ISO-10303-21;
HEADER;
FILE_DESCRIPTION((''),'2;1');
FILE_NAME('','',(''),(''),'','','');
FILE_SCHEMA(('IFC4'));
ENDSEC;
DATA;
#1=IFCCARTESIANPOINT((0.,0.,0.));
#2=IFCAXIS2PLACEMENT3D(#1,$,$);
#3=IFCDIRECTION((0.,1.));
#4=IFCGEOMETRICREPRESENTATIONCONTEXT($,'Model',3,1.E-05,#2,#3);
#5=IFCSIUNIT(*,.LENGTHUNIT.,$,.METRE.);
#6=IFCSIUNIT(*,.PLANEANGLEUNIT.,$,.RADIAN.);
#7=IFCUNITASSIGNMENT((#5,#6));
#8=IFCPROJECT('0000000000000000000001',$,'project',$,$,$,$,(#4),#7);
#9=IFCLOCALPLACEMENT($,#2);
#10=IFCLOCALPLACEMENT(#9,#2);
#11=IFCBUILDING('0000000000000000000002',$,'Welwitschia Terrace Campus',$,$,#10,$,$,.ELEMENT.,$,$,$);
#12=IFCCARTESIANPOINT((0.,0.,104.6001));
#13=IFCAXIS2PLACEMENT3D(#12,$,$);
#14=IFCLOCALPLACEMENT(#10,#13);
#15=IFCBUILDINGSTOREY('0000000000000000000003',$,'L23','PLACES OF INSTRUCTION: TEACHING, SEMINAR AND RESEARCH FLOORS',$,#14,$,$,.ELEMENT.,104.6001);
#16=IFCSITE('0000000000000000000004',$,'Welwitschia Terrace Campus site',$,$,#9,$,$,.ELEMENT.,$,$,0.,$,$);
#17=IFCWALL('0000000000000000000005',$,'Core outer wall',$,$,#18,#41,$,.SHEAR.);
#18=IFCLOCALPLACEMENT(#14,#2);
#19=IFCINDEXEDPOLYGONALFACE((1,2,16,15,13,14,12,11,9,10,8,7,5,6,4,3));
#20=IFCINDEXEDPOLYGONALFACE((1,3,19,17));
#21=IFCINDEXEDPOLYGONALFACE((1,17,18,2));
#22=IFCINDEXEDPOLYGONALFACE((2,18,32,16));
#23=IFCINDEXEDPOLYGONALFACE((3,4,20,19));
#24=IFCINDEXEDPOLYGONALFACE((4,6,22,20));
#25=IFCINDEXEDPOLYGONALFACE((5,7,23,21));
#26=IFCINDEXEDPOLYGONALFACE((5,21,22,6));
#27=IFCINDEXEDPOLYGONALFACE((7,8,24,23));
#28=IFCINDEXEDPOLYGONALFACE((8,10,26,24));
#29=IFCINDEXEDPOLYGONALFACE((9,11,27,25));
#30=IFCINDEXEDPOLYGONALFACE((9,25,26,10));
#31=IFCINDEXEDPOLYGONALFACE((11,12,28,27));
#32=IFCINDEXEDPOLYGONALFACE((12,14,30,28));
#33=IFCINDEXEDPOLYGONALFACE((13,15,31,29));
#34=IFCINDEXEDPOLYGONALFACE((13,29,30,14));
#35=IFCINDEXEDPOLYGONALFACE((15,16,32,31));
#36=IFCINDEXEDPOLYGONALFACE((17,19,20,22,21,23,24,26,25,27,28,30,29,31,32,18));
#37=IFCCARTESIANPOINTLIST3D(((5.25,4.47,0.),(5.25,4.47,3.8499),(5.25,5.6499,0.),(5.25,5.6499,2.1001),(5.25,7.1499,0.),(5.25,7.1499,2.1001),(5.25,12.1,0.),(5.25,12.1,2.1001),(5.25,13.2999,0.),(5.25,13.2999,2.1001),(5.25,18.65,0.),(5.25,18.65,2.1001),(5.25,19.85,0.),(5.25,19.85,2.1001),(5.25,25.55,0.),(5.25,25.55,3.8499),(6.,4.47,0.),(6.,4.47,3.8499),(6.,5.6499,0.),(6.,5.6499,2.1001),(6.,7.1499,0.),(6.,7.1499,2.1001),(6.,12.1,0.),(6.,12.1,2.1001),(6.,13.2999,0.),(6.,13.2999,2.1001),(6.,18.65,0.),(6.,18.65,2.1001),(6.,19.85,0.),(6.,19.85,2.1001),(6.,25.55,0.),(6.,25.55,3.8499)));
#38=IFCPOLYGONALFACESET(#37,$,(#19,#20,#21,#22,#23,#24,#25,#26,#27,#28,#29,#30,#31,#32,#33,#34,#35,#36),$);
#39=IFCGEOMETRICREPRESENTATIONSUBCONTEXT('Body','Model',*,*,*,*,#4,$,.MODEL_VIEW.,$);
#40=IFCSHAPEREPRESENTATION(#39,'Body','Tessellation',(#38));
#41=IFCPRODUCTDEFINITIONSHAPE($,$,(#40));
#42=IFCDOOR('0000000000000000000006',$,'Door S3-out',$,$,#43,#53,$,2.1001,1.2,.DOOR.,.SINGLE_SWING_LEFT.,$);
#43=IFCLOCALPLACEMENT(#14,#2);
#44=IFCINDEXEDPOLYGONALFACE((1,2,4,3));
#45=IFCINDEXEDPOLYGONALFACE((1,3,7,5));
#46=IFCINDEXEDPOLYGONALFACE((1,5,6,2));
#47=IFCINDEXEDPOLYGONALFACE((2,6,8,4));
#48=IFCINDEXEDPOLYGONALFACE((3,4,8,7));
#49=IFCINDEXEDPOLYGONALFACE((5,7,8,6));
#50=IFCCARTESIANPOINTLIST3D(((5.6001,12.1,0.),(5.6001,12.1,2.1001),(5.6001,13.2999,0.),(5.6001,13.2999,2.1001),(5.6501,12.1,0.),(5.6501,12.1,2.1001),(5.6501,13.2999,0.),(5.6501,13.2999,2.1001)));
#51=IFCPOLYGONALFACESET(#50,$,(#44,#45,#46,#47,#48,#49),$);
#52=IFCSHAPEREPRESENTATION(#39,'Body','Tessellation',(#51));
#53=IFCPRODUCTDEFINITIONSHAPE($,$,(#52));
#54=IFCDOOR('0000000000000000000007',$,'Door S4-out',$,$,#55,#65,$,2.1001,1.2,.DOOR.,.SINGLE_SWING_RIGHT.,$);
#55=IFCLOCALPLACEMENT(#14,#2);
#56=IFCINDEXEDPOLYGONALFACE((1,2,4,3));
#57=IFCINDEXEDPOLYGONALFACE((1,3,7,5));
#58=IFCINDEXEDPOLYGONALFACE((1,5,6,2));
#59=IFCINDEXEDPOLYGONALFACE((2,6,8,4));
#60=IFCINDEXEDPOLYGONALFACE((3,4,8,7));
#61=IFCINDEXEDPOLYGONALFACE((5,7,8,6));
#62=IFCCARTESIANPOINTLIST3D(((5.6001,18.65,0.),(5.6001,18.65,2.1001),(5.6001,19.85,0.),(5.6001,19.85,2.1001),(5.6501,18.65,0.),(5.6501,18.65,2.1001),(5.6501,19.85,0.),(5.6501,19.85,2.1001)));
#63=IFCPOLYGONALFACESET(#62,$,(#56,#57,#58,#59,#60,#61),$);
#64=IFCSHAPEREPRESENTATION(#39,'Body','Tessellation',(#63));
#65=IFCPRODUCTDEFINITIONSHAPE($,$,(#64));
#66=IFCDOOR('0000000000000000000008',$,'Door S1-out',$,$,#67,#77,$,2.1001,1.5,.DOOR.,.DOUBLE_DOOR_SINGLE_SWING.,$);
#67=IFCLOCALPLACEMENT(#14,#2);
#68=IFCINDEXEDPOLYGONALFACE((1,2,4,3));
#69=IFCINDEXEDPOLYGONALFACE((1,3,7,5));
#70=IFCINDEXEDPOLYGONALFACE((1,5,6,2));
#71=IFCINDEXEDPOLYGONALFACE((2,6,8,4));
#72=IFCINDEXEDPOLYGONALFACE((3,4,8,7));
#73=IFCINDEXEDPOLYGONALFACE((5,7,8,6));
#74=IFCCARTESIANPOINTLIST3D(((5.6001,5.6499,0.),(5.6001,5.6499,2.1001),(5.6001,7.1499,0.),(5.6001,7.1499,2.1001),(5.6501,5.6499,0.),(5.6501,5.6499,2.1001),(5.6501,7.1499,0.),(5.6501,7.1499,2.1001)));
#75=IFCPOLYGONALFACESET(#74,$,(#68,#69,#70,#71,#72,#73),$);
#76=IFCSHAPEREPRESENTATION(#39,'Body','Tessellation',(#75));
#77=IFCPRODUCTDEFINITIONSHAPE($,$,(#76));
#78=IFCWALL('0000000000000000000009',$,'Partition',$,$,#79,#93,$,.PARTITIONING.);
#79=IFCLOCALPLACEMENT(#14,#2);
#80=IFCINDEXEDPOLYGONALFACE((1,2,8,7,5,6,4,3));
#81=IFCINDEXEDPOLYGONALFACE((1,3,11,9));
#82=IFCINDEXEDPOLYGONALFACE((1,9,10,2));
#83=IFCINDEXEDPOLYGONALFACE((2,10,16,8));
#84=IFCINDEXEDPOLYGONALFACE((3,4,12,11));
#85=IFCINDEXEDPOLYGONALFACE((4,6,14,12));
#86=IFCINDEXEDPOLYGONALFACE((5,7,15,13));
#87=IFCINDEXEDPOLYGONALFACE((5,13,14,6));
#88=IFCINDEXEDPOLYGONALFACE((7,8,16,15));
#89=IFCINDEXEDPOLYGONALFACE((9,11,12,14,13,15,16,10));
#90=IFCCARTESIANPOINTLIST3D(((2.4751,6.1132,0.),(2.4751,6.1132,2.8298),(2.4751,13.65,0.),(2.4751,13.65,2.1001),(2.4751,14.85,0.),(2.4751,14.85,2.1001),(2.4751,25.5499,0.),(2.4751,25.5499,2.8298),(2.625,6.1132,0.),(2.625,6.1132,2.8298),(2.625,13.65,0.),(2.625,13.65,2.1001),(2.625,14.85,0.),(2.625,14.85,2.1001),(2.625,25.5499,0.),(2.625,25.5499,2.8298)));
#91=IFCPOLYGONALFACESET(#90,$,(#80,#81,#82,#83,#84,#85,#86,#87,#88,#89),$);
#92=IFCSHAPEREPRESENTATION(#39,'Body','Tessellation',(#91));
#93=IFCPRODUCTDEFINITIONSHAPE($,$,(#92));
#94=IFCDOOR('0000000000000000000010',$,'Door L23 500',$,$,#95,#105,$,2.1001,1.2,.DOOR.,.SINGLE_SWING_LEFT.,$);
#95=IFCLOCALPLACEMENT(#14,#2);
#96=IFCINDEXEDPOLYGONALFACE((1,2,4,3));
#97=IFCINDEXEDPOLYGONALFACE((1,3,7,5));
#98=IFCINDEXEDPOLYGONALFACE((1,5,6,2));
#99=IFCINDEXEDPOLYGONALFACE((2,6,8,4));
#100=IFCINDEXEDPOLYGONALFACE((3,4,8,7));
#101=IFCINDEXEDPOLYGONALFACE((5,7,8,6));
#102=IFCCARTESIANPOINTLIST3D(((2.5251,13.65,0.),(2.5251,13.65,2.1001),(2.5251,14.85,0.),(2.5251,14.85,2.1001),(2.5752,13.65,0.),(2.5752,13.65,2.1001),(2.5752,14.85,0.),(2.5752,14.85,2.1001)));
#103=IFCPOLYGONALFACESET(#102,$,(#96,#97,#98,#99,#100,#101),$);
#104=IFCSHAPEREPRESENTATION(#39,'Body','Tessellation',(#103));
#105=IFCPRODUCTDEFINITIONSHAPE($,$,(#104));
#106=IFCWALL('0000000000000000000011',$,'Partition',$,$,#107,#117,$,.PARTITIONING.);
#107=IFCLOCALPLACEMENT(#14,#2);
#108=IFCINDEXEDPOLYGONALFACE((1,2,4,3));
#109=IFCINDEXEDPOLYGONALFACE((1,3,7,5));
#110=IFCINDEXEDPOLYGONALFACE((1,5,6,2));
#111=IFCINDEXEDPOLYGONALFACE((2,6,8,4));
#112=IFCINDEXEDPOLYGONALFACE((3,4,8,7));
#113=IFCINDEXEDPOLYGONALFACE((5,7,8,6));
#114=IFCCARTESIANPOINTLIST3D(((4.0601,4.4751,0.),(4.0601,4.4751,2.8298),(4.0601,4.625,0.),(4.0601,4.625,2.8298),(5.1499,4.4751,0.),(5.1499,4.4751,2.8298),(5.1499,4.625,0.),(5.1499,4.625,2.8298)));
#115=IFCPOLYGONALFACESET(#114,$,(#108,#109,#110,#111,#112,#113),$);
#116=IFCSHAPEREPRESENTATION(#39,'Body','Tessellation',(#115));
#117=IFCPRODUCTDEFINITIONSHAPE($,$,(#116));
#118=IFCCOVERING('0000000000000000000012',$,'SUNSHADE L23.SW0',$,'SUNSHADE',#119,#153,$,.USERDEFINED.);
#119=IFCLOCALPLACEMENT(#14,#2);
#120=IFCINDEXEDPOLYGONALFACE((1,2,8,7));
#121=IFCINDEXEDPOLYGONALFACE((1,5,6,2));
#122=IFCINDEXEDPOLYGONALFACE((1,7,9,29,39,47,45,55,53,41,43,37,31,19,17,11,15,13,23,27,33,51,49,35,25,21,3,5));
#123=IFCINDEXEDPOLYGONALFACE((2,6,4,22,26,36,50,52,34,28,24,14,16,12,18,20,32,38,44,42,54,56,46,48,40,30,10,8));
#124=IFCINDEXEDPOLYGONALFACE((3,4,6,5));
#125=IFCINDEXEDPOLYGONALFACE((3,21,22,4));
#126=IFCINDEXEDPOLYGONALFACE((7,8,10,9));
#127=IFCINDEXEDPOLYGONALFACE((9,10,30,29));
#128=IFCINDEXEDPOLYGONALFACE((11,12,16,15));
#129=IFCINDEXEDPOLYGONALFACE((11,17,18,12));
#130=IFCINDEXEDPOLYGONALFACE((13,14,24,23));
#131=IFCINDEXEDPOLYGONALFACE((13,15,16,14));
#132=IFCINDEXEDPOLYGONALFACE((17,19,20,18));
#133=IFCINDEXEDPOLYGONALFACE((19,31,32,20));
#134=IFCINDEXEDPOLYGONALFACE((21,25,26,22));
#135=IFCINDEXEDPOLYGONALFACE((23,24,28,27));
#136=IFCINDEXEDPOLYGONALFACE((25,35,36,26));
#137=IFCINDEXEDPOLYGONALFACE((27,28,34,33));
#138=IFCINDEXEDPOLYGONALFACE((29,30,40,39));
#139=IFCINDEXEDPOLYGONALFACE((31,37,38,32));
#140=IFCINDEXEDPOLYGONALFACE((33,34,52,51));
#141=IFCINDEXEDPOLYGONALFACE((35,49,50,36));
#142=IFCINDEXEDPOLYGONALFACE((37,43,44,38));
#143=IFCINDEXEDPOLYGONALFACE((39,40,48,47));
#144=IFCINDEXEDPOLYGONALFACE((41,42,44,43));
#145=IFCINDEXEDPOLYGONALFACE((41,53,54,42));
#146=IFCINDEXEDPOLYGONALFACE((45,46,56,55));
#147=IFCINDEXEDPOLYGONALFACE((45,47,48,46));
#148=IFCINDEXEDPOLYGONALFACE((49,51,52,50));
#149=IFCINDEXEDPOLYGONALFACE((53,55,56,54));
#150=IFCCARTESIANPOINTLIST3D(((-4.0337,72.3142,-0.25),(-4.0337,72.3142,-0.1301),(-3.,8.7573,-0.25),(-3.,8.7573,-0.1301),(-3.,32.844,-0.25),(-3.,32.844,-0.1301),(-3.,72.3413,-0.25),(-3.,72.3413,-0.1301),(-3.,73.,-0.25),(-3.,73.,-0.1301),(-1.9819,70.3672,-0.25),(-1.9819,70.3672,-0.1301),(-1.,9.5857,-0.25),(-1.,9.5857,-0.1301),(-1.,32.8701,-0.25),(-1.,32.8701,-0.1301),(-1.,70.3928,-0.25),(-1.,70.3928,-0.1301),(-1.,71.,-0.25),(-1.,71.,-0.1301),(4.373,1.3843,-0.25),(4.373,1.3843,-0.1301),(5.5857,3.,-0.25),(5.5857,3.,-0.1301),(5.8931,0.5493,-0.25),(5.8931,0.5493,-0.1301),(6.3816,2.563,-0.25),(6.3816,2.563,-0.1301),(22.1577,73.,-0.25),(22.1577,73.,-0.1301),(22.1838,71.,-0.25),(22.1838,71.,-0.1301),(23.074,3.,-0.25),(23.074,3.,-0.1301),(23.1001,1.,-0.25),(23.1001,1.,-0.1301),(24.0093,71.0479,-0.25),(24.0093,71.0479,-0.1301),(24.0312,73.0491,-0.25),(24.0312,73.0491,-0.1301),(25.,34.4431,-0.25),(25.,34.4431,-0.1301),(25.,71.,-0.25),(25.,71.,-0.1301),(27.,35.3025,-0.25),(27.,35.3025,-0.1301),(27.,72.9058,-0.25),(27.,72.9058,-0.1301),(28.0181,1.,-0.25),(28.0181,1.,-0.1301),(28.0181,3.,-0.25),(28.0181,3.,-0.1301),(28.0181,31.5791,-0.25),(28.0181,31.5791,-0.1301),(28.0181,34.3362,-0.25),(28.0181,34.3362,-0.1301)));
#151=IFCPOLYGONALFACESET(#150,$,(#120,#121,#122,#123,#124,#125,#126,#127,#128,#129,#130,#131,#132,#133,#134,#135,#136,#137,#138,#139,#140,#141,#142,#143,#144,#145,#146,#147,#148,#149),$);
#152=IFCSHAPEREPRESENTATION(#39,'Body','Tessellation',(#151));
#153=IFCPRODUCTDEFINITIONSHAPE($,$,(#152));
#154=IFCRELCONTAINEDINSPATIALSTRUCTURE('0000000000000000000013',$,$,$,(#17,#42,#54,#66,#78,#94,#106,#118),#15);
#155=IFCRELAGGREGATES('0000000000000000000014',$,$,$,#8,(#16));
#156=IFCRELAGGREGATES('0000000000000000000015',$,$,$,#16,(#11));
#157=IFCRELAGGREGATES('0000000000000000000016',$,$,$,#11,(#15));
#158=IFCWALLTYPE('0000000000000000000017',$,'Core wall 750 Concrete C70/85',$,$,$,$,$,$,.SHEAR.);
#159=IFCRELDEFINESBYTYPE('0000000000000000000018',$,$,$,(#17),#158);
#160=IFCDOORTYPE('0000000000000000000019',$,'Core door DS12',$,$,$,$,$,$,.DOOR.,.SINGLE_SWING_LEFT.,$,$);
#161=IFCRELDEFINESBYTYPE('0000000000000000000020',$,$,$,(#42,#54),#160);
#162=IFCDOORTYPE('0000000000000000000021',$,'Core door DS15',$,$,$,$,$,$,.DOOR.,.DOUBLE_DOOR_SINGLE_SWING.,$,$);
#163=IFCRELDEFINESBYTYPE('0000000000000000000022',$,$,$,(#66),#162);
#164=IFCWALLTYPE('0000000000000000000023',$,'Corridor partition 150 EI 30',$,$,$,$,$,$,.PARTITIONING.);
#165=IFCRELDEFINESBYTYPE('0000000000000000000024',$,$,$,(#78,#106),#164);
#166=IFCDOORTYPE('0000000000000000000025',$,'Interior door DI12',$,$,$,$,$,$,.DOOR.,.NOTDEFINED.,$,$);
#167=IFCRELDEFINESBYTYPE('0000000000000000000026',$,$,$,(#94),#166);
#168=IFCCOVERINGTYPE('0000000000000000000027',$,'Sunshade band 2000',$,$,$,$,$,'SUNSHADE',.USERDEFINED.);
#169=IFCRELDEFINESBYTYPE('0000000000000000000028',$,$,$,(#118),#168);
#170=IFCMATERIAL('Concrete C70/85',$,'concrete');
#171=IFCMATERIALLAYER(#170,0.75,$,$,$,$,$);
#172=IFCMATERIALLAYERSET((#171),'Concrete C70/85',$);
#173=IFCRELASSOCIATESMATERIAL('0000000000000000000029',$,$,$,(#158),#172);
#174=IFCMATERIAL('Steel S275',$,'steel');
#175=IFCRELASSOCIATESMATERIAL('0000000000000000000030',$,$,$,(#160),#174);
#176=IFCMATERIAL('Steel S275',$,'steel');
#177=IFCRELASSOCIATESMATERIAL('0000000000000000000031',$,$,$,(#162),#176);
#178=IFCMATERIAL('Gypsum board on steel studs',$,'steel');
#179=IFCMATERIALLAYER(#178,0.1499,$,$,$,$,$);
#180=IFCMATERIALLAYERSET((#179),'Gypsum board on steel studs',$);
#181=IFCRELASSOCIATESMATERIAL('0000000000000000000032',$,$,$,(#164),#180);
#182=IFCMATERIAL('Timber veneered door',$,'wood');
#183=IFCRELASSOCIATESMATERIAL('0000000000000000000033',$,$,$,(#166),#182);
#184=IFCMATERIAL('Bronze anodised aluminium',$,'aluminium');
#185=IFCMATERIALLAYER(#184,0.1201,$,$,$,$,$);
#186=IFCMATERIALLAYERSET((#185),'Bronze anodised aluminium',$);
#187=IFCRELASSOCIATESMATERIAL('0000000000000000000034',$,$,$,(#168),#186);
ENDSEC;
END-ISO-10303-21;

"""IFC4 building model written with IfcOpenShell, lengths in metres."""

from ifc_helpers import new_model, si_unit, direction, frame, frame_2d, origin, place, context, subcontext, project, spatial, polyline, rectangle, outline, extrude, material, layer, layer_set, type_object, element, fill, save


model = new_model("IFC4")

# Units and contexts
model_context = context("Model", 3, precision=1e-05, world=origin(), true_north=direction((0.0, 1.0)))
body_context = subcontext(model_context, "Body", "Model", "MODEL_VIEW")
ifc_project = project(units=[si_unit("LENGTHUNIT", "METRE"), si_unit("PLANEANGLEUNIT", "RADIAN")], contexts=[model_context])

# Site, building, storey
site_placement = place(None, origin())
site = spatial("IfcSite", under=ifc_project, at=site_placement, Name="Welwitschia Terrace Campus site", CompositionType="ELEMENT", RefElevation=0.0)
building_placement = place(site_placement, origin())
building = spatial("IfcBuilding", under=site, at=building_placement, Name="Welwitschia Terrace Campus", CompositionType="ELEMENT")
storey_placement = place(building_placement, frame((0.0, 0.0, 104.6001)))
storey = spatial("IfcBuildingStorey", under=building, at=storey_placement, Name="L23", Description="PLACES OF INSTRUCTION: TEACHING, SEMINAR AND RESEARCH FLOORS", CompositionType="ELEMENT", Elevation=104.6001)

# Wall, openings, doors
ifc_material_1 = material(Name="Concrete C70/85", Category="concrete")
ifc_layer_1 = layer(ifc_material_1, 0.75)
ifc_layer_set_1 = layer_set([ifc_layer_1], Name="Concrete C70/85")
wall_type_1 = type_object("IfcWallType", Name="Core wall 750 Concrete C70/85", PredefinedType="SHEAR", material=ifc_layer_set_1)
wall_1_placement = place(storey_placement, frame((5.625, 4.47, 0.0), z_axis=(0.0, 0.0, 1.0), x_axis=(0.0, 1.0, 0.0)))
wall_1 = element("IfcWall", 1, at=wall_1_placement, inside=storey, type_object=wall_type_1, Name="Core outer wall", PredefinedType="SHEAR", context=body_context, shape_type="SweptSolid", body=[
    extrude(rectangle(XDim=21.0801, YDim=0.75, at=frame_2d((10.54, 0.0))), origin(), (0.0, 0.0, 1.0), 3.8499),
])
opening_1_placement = place(wall_1_placement, frame((1.1799, 0.0, 0.0)))
opening_1 = element("IfcOpeningElement", 2, at=opening_1_placement, cuts=wall_1, PredefinedType="OPENING", context=body_context, shape_type="SweptSolid", body=[
    extrude(rectangle(XDim=1.5, YDim=2.1001, at=frame_2d((0.75, 1.05))), frame((0.0, 0.385, 0.0), z_axis=(0.0, -1.0, 0.0), x_axis=(1.0, 0.0, 0.0)), (0.0, 0.0, 1.0), 0.77),
])
opening_2_placement = place(wall_1_placement, frame((7.6299, 0.0, 0.0)))
opening_2 = element("IfcOpeningElement", 3, at=opening_2_placement, cuts=wall_1, PredefinedType="OPENING", context=body_context, shape_type="SweptSolid", body=[
    extrude(rectangle(XDim=1.2, YDim=2.1001, at=frame_2d((0.6001, 1.05))), frame((0.0, 0.385, 0.0), z_axis=(0.0, -1.0, 0.0), x_axis=(1.0, 0.0, 0.0)), (0.0, 0.0, 1.0), 0.77),
])
opening_3_placement = place(wall_1_placement, frame((14.1799, 0.0, 0.0)))
opening_3 = element("IfcOpeningElement", 4, at=opening_3_placement, cuts=wall_1, PredefinedType="OPENING", context=body_context, shape_type="SweptSolid", body=[
    extrude(rectangle(XDim=1.2, YDim=2.1001, at=frame_2d((0.6001, 1.05))), frame((0.0, 0.385, 0.0), z_axis=(0.0, -1.0, 0.0), x_axis=(1.0, 0.0, 0.0)), (0.0, 0.0, 1.0), 0.77),
])
ifc_material_2 = material(Name="Steel S275", Category="steel")
door_type_1 = type_object("IfcDoorType", Name="Core door DS12", OperationType="SINGLE_SWING_LEFT", PredefinedType="DOOR", material=ifc_material_2)
door_1_placement = place(opening_2_placement, origin())
door_1 = element("IfcDoor", 5, at=door_1_placement, inside=storey, type_object=door_type_1, Name="Door S3-out", OperationType="SINGLE_SWING_LEFT", OverallHeight=2.1001, OverallWidth=1.2, PredefinedType="DOOR", context=body_context, shape_type="SweptSolid", body=[
    extrude(rectangle(XDim=1.2, YDim=2.1001, at=frame_2d((0.6001, 1.05))), frame((0.0, 0.0249, 0.0), z_axis=(0.0, -1.0, 0.0), x_axis=(1.0, 0.0, 0.0)), (0.0, 0.0, 1.0), 0.05),
])
fill(opening_2, door_1)
door_2_placement = place(opening_3_placement, origin())
door_2 = element("IfcDoor", 6, at=door_2_placement, inside=storey, type_object=door_type_1, Name="Door S4-out", OperationType="SINGLE_SWING_RIGHT", OverallHeight=2.1001, OverallWidth=1.2, PredefinedType="DOOR", context=body_context, shape_type="SweptSolid", body=[
    extrude(rectangle(XDim=1.2, YDim=2.1001, at=frame_2d((0.6001, 1.05))), frame((0.0, 0.0249, 0.0), z_axis=(0.0, -1.0, 0.0), x_axis=(1.0, 0.0, 0.0)), (0.0, 0.0, 1.0), 0.05),
])
fill(opening_3, door_2)
ifc_material_3 = material(Name="Steel S275", Category="steel")
door_type_2 = type_object("IfcDoorType", Name="Core door DS15", OperationType="DOUBLE_DOOR_SINGLE_SWING", PredefinedType="DOOR", material=ifc_material_3)
door_3_placement = place(opening_1_placement, origin())
door_3 = element("IfcDoor", 7, at=door_3_placement, inside=storey, type_object=door_type_2, Name="Door S1-out", OperationType="DOUBLE_DOOR_SINGLE_SWING", OverallHeight=2.1001, OverallWidth=1.5, PredefinedType="DOOR", context=body_context, shape_type="SweptSolid", body=[
    extrude(rectangle(XDim=1.5, YDim=2.1001, at=frame_2d((0.75, 1.05))), frame((0.0, 0.0249, 0.0), z_axis=(0.0, -1.0, 0.0), x_axis=(1.0, 0.0, 0.0)), (0.0, 0.0, 1.0), 0.05),
])
fill(opening_1, door_3)

# Wall, opening, door
ifc_material_4 = material(Name="Gypsum board on steel studs", Category="steel")
ifc_layer_2 = layer(ifc_material_4, 0.1499)
ifc_layer_set_2 = layer_set([ifc_layer_2], Name="Gypsum board on steel studs")
wall_type_2 = type_object("IfcWallType", Name="Corridor partition 150 EI 30", PredefinedType="PARTITIONING", material=ifc_layer_set_2)
wall_2_placement = place(storey_placement, frame((2.55, 6.1133, 0.0), z_axis=(0.0, 0.0, 1.0), x_axis=(0.0, 1.0, 0.0)))
wall_2 = element("IfcWall", 8, at=wall_2_placement, inside=storey, type_object=wall_type_2, Name="Partition", PredefinedType="PARTITIONING", context=body_context, shape_type="SweptSolid", body=[
    extrude(rectangle(XDim=19.4368, YDim=0.1499, at=frame_2d((9.7183, 0.0))), origin(), (0.0, 0.0, 1.0), 2.8298),
])
opening_4_placement = place(wall_2_placement, frame((7.5366, 0.0, 0.0)))
opening_4 = element("IfcOpeningElement", 9, at=opening_4_placement, cuts=wall_2, PredefinedType="OPENING", context=body_context, shape_type="SweptSolid", body=[
    extrude(rectangle(XDim=1.2, YDim=2.1001, at=frame_2d((0.6001, 1.05))), frame((0.0, 0.085, 0.0), z_axis=(0.0, -1.0, 0.0), x_axis=(1.0, 0.0, 0.0)), (0.0, 0.0, 1.0), 0.1699),
])
ifc_material_5 = material(Name="Timber veneered door", Category="wood")
door_type_3 = type_object("IfcDoorType", Name="Interior door DI12", OperationType="NOTDEFINED", PredefinedType="DOOR", material=ifc_material_5)
door_4_placement = place(opening_4_placement, origin())
door_4 = element("IfcDoor", 10, at=door_4_placement, inside=storey, type_object=door_type_3, Name="Door L23 500", OperationType="SINGLE_SWING_LEFT", OverallHeight=2.1001, OverallWidth=1.2, PredefinedType="DOOR", context=body_context, shape_type="SweptSolid", body=[
    extrude(rectangle(XDim=1.2, YDim=2.1001, at=frame_2d((0.6001, 1.05))), frame((0.0, 0.0249, 0.0), z_axis=(0.0, -1.0, 0.0), x_axis=(1.0, 0.0, 0.0)), (0.0, 0.0, 1.0), 0.05),
])
fill(opening_4, door_4)

# Wall
wall_3_placement = place(storey_placement, frame((4.0601, 4.55, 0.0), z_axis=(0.0, 0.0, 1.0), x_axis=(1.0, 0.0, 0.0)))
element("IfcWall", 11, at=wall_3_placement, inside=storey, type_object=wall_type_2, Name="Partition", PredefinedType="PARTITIONING", context=body_context, shape_type="SweptSolid", body=[
    extrude(rectangle(XDim=1.0898, YDim=0.1499, at=frame_2d((0.5449, 0.0))), origin(), (0.0, 0.0, 1.0), 2.8298),
])

# Covering
ifc_material_6 = material(Name="Bronze anodised aluminium", Category="aluminium")
ifc_layer_3 = layer(ifc_material_6, 0.1201)
ifc_layer_set_3 = layer_set([ifc_layer_3], Name="Bronze anodised aluminium")
covering_type_1 = type_object("IfcCoveringType", Name="Sunshade band 2000", ElementType="SUNSHADE", PredefinedType="USERDEFINED", material=ifc_layer_set_3)
covering_1_placement = place(storey_placement, frame((0.0, 0.0, -0.25)))
element("IfcCovering", 12, at=covering_1_placement, inside=storey, type_object=covering_type_1, Name="SUNSHADE L23.SW0", ObjectType="SUNSHADE", PredefinedType="USERDEFINED", context=body_context, shape_type="SweptSolid", body=[
    extrude(outline(polyline([(-3.0, 73.0), (22.1577, 73.0), (24.0312, 73.0491), (27.0, 72.9058), (27.0, 35.3025), (28.0181, 34.3362), (28.0181, 31.5791), (25.0, 34.4431), (25.0, 71.0), (24.0093, 71.0479), (22.1838, 71.0), (-1.0, 71.0), (-1.0, 70.3928), (-1.9819, 70.3672), (-1.0, 32.8701), (-1.0, 9.5857), (5.5857, 3.0), (6.3816, 2.563), (23.074, 3.0), (28.0181, 3.0), (28.0181, 1.0), (23.1001, 1.0), (5.8931, 0.5493), (4.373, 1.3843), (-3.0, 8.7573), (-3.0, 32.844), (-4.0337, 72.3142), (-3.0, 72.3413), (-3.0, 73.0)])), origin(), (0.0, 0.0, 1.0), 0.1199),
])

save(model, "model.ifc")
